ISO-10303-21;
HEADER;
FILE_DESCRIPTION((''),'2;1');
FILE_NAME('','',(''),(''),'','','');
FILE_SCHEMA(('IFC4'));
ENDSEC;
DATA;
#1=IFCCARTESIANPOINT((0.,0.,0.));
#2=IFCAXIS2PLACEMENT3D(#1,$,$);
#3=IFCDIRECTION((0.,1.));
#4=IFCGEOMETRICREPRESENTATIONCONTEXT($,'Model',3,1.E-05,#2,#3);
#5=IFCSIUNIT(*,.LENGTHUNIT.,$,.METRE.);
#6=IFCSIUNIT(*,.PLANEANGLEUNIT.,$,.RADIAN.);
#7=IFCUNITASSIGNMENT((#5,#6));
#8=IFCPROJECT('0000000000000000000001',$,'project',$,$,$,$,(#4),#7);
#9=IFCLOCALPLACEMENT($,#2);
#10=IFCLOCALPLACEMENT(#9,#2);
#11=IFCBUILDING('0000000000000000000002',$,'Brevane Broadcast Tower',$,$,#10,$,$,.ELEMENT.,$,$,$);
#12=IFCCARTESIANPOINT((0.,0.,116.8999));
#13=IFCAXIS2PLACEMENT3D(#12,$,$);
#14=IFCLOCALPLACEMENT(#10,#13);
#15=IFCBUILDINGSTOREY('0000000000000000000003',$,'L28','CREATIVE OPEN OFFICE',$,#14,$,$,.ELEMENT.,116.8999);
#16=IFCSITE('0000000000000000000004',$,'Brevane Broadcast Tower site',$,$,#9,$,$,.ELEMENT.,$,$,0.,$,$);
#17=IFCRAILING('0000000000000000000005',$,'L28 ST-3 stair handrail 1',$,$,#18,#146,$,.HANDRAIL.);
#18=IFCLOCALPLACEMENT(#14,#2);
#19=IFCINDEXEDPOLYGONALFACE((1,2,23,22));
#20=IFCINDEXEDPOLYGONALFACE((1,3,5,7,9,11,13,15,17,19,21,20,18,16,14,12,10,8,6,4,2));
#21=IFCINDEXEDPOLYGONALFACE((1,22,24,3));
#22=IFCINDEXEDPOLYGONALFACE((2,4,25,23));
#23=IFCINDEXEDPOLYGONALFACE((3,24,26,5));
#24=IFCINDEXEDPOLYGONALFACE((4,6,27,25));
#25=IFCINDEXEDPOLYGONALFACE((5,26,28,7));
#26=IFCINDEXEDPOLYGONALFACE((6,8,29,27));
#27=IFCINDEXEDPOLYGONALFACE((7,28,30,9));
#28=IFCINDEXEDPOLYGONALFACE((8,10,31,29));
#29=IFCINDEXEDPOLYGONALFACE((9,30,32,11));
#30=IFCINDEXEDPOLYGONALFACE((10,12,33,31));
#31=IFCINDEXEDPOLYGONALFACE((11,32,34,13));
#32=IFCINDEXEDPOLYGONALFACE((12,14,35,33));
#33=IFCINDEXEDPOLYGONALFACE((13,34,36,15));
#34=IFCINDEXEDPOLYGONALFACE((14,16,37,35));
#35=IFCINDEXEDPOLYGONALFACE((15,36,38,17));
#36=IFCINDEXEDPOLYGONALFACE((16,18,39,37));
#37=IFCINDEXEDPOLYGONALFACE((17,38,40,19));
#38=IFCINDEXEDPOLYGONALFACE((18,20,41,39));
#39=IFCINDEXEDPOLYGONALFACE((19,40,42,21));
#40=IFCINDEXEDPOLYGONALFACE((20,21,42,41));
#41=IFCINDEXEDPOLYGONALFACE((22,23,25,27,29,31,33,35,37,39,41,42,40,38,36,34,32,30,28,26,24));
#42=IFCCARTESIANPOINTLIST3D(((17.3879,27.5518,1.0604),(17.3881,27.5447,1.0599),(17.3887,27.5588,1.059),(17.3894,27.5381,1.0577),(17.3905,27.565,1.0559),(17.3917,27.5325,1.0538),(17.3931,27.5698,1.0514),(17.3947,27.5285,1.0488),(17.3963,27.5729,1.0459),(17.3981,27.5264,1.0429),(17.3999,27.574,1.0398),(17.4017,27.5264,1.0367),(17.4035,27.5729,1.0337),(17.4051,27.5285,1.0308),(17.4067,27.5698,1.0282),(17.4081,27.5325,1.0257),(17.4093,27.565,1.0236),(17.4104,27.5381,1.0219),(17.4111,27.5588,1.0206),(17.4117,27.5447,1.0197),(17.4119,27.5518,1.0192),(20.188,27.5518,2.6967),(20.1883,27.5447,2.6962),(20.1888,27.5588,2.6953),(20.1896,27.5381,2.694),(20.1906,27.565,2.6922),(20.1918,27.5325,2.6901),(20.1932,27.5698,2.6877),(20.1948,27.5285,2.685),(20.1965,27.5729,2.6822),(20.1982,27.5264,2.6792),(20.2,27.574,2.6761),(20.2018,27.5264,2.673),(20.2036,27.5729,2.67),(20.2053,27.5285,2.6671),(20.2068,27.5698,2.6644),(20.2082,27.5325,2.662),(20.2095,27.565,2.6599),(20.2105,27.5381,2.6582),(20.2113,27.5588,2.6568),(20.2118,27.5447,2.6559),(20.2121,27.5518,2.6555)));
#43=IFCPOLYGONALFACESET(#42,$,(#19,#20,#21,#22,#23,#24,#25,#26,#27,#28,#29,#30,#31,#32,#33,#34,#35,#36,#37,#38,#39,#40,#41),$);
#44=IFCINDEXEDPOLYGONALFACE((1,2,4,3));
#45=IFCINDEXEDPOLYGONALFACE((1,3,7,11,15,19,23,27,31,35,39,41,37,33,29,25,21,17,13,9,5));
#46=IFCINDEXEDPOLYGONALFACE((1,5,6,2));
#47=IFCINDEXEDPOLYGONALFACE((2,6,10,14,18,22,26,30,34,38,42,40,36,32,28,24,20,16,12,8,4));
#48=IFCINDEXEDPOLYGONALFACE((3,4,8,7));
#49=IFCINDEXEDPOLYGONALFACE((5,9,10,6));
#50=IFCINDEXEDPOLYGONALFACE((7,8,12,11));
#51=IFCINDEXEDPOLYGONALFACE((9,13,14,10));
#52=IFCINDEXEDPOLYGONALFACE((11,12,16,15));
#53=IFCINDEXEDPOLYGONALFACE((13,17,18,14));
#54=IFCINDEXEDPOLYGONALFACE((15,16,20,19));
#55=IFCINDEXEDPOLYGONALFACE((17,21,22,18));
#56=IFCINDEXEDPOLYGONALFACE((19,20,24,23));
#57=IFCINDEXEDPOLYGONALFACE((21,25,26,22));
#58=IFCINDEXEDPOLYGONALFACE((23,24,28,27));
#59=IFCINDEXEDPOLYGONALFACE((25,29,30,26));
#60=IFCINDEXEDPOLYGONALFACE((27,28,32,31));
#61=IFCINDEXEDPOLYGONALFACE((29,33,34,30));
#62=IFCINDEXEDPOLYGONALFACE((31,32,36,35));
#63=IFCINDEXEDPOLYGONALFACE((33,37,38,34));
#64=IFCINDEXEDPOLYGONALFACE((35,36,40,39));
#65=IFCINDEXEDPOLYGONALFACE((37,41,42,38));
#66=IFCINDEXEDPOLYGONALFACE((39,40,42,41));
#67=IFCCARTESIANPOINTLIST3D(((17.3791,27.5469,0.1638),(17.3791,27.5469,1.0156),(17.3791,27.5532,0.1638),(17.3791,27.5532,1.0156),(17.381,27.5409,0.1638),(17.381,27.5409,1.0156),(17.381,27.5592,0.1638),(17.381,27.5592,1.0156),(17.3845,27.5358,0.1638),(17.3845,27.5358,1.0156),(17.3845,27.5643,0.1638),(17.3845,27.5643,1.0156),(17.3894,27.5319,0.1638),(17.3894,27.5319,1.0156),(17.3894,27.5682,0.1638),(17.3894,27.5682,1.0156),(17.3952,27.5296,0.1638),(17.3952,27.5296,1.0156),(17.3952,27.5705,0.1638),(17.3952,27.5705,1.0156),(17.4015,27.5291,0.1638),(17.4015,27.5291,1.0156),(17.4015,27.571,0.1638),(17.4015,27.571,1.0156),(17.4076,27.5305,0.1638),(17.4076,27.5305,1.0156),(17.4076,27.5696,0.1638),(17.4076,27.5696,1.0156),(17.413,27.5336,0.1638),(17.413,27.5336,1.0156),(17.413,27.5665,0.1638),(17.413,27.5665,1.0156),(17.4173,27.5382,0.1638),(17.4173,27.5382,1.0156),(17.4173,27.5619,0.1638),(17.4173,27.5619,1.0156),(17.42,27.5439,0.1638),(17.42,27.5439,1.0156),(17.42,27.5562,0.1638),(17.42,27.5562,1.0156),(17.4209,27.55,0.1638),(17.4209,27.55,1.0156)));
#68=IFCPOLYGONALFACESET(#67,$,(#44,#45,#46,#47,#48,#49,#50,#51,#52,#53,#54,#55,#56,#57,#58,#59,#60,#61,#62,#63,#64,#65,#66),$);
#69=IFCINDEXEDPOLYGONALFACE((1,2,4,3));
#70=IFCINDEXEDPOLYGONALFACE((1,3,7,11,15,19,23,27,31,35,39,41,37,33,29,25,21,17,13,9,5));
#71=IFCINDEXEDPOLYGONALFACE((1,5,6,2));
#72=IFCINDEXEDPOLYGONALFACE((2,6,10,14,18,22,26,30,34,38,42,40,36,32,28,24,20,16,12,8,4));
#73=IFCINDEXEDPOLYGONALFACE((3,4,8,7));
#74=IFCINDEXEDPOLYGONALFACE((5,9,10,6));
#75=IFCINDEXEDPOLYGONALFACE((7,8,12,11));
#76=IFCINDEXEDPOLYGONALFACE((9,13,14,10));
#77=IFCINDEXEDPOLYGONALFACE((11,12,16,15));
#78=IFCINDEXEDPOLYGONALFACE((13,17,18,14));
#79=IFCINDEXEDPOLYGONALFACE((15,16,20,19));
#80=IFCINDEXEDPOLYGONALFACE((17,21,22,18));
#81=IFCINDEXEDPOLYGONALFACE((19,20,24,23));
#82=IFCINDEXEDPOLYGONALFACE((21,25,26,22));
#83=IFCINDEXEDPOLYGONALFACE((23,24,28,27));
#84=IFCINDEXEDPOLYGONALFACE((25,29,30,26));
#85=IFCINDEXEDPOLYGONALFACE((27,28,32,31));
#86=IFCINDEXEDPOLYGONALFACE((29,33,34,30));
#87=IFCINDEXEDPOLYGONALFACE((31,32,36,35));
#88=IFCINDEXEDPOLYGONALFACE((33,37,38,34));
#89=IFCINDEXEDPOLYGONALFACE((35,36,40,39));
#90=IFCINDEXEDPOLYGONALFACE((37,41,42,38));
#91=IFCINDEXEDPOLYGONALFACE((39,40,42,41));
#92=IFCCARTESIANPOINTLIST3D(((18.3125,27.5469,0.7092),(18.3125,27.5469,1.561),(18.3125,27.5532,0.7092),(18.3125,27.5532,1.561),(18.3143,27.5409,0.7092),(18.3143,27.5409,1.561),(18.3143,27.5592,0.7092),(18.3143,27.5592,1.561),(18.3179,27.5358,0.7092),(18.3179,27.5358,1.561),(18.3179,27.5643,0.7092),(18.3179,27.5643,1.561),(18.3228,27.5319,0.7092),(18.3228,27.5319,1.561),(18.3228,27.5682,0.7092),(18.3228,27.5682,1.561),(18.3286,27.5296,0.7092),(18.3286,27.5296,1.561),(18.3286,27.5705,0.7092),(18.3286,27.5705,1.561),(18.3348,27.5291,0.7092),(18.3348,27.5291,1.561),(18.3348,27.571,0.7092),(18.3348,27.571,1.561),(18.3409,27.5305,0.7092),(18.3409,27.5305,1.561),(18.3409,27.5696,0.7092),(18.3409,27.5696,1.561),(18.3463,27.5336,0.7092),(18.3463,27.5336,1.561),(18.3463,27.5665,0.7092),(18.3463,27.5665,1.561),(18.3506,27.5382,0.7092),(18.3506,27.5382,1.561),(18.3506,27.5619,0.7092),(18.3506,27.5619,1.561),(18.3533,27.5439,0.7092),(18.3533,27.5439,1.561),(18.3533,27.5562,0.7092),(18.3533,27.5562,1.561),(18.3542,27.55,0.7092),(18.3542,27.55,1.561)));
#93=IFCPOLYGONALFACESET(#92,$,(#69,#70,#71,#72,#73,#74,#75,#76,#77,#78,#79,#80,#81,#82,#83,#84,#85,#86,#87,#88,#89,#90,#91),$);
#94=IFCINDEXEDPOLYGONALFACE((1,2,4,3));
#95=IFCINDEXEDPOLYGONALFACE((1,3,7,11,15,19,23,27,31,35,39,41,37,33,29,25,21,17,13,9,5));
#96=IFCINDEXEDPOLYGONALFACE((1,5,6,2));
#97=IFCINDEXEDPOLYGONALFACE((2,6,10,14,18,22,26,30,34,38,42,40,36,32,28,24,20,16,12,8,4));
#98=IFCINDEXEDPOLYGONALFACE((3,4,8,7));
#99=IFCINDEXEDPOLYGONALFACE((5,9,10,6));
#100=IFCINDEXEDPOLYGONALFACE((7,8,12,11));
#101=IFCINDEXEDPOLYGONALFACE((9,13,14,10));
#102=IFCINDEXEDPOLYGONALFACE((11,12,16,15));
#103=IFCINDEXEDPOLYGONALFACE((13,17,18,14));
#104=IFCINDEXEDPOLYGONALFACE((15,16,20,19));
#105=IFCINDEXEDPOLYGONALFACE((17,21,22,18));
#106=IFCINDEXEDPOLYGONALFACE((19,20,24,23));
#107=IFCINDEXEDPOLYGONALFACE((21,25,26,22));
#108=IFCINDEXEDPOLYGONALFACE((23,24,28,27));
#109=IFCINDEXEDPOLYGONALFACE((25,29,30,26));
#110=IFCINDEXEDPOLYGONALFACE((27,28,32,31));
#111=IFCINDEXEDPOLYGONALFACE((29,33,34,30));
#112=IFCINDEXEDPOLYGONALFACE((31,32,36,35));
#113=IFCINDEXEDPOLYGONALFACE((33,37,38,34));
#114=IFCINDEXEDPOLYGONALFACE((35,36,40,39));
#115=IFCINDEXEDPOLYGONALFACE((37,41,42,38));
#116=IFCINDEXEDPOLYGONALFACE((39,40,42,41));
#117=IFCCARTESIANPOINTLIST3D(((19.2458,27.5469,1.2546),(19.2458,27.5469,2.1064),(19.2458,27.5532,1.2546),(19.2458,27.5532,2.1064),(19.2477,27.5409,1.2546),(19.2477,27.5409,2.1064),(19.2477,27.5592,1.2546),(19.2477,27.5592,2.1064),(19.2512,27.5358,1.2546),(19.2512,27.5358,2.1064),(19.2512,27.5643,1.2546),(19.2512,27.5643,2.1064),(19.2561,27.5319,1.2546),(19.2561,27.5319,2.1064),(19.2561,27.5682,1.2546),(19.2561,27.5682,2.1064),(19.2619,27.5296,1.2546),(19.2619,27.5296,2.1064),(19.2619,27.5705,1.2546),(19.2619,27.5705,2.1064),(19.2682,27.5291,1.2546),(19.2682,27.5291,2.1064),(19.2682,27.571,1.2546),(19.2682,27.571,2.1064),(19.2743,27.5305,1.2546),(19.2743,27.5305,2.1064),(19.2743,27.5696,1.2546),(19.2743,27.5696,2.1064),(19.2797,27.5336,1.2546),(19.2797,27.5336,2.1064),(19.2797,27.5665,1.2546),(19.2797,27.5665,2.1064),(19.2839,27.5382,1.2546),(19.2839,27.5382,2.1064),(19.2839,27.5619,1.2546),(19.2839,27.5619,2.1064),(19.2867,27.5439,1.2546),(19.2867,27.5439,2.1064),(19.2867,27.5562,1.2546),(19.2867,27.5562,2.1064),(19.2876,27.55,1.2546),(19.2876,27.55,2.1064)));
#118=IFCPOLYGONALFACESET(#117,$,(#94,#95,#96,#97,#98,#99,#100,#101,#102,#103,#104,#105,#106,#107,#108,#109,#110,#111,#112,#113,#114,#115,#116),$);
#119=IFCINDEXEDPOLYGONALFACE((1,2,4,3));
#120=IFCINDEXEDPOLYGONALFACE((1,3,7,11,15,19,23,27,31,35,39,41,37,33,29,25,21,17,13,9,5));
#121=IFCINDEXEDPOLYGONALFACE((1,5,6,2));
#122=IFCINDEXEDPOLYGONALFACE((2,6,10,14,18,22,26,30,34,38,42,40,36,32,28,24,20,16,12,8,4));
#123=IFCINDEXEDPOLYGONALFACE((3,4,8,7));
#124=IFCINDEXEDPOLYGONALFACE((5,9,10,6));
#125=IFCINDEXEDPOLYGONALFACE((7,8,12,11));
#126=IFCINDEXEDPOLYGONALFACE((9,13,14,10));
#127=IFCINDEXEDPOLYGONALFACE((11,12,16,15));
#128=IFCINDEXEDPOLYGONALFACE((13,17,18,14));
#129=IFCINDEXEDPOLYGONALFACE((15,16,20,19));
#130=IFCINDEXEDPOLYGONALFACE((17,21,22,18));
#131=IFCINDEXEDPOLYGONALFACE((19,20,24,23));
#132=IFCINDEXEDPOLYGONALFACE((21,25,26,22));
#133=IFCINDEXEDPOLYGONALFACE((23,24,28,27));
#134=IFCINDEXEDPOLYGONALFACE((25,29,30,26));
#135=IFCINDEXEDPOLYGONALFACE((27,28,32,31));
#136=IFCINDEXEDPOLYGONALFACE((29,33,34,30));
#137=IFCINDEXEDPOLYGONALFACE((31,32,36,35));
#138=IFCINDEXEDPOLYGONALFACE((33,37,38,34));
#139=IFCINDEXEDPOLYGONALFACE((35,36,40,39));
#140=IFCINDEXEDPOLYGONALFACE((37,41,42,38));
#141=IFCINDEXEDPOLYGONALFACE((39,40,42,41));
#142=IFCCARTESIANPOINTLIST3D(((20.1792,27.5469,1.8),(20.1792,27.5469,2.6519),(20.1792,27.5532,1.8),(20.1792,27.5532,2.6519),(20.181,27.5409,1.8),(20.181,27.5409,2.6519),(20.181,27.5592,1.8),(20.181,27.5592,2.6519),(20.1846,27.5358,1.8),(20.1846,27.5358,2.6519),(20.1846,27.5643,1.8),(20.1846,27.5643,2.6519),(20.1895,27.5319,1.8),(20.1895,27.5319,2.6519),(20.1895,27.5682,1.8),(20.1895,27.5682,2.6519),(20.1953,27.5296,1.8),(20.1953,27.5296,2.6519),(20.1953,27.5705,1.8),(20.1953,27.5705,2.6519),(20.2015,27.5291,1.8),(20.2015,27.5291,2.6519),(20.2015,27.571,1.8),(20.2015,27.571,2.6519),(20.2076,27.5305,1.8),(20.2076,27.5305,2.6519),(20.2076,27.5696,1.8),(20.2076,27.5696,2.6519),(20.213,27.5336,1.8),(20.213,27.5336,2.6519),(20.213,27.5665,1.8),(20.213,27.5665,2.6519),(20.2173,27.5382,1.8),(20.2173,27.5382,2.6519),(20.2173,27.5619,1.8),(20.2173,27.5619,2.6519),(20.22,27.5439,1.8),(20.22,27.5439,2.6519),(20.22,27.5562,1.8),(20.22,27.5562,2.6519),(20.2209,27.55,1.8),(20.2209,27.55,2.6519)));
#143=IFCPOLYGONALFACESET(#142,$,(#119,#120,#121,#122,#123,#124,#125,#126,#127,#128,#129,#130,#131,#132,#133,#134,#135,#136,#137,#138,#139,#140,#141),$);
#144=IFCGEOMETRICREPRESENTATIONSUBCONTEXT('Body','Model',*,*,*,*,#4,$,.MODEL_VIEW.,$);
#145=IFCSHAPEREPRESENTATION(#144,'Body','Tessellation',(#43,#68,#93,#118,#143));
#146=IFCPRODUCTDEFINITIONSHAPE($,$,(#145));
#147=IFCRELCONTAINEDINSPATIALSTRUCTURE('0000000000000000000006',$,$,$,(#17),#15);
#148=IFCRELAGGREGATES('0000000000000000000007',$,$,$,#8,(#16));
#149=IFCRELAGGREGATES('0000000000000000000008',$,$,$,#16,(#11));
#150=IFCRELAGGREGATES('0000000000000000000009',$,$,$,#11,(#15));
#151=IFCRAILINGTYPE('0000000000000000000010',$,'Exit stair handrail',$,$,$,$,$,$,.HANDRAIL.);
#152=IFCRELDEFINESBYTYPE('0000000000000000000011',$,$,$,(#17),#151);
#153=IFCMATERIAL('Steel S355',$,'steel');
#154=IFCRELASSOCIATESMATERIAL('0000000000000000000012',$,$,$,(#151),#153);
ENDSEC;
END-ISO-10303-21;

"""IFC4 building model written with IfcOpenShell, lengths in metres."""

from ifc_helpers import new_model, si_unit, direction, frame, origin, origin_2d, place, context, subcontext, project, spatial, circle, extrude, material, type_object, element, save


model = new_model("IFC4")

# Units and contexts
model_context = context("Model", 3, precision=1e-05, world=origin(), true_north=direction((0.0, 1.0)))
body_context = subcontext(model_context, "Body", "Model", "MODEL_VIEW")
ifc_project = project(units=[si_unit("LENGTHUNIT", "METRE"), si_unit("PLANEANGLEUNIT", "RADIAN")], contexts=[model_context])

# Site, building, storey
site_placement = place(None, origin())
site = spatial("IfcSite", under=ifc_project, at=site_placement, Name="Brevane Broadcast Tower site", CompositionType="ELEMENT", RefElevation=0.0)
building_placement = place(site_placement, origin())
building = spatial("IfcBuilding", under=site, at=building_placement, Name="Brevane Broadcast Tower", CompositionType="ELEMENT")
storey_placement = place(building_placement, frame((0.0, 0.0, 116.8999)))
storey = spatial("IfcBuildingStorey", under=building, at=storey_placement, Name="L28", Description="CREATIVE OPEN OFFICE", CompositionType="ELEMENT", Elevation=116.8999)

# Railing
ifc_material_1 = material(Name="Steel S355", Category="steel")
railing_type_1 = type_object("IfcRailingType", Name="Exit stair handrail", PredefinedType="HANDRAIL", material=ifc_material_1)
railing_1_placement = place(storey_placement, frame((17.3999, 27.55, 0.1638)))
element("IfcRailing", 1, at=railing_1_placement, inside=storey, type_object=railing_type_1, Name="L28 ST-3 stair handrail 1", PredefinedType="HANDRAIL", context=body_context, shape_type="SweptSolid", body=[
    extrude(circle(Radius=0.0239, at=origin_2d()), frame((0.0, 0.0, 0.876), z_axis=(0.863394, 0.0, 0.504531), x_axis=(0.0, 1.0, 0.0)), (0.0, 0.0, 1.0), 3.2432),
    extrude(circle(Radius=0.021, at=origin_2d()), origin(), (0.0, 0.0, 1.0), 0.8518),
    extrude(circle(Radius=0.021, at=origin_2d()), frame((0.9333, 0.0, 0.5454)), (0.0, 0.0, 1.0), 0.8518),
    extrude(circle(Radius=0.021, at=origin_2d()), frame((1.8667, 0.0, 1.0908)), (0.0, 0.0, 1.0), 0.8518),
    extrude(circle(Radius=0.021, at=origin_2d()), frame((2.8, 0.0, 1.6362)), (0.0, 0.0, 1.0), 0.8518),
])

save(model, "model.ifc")
